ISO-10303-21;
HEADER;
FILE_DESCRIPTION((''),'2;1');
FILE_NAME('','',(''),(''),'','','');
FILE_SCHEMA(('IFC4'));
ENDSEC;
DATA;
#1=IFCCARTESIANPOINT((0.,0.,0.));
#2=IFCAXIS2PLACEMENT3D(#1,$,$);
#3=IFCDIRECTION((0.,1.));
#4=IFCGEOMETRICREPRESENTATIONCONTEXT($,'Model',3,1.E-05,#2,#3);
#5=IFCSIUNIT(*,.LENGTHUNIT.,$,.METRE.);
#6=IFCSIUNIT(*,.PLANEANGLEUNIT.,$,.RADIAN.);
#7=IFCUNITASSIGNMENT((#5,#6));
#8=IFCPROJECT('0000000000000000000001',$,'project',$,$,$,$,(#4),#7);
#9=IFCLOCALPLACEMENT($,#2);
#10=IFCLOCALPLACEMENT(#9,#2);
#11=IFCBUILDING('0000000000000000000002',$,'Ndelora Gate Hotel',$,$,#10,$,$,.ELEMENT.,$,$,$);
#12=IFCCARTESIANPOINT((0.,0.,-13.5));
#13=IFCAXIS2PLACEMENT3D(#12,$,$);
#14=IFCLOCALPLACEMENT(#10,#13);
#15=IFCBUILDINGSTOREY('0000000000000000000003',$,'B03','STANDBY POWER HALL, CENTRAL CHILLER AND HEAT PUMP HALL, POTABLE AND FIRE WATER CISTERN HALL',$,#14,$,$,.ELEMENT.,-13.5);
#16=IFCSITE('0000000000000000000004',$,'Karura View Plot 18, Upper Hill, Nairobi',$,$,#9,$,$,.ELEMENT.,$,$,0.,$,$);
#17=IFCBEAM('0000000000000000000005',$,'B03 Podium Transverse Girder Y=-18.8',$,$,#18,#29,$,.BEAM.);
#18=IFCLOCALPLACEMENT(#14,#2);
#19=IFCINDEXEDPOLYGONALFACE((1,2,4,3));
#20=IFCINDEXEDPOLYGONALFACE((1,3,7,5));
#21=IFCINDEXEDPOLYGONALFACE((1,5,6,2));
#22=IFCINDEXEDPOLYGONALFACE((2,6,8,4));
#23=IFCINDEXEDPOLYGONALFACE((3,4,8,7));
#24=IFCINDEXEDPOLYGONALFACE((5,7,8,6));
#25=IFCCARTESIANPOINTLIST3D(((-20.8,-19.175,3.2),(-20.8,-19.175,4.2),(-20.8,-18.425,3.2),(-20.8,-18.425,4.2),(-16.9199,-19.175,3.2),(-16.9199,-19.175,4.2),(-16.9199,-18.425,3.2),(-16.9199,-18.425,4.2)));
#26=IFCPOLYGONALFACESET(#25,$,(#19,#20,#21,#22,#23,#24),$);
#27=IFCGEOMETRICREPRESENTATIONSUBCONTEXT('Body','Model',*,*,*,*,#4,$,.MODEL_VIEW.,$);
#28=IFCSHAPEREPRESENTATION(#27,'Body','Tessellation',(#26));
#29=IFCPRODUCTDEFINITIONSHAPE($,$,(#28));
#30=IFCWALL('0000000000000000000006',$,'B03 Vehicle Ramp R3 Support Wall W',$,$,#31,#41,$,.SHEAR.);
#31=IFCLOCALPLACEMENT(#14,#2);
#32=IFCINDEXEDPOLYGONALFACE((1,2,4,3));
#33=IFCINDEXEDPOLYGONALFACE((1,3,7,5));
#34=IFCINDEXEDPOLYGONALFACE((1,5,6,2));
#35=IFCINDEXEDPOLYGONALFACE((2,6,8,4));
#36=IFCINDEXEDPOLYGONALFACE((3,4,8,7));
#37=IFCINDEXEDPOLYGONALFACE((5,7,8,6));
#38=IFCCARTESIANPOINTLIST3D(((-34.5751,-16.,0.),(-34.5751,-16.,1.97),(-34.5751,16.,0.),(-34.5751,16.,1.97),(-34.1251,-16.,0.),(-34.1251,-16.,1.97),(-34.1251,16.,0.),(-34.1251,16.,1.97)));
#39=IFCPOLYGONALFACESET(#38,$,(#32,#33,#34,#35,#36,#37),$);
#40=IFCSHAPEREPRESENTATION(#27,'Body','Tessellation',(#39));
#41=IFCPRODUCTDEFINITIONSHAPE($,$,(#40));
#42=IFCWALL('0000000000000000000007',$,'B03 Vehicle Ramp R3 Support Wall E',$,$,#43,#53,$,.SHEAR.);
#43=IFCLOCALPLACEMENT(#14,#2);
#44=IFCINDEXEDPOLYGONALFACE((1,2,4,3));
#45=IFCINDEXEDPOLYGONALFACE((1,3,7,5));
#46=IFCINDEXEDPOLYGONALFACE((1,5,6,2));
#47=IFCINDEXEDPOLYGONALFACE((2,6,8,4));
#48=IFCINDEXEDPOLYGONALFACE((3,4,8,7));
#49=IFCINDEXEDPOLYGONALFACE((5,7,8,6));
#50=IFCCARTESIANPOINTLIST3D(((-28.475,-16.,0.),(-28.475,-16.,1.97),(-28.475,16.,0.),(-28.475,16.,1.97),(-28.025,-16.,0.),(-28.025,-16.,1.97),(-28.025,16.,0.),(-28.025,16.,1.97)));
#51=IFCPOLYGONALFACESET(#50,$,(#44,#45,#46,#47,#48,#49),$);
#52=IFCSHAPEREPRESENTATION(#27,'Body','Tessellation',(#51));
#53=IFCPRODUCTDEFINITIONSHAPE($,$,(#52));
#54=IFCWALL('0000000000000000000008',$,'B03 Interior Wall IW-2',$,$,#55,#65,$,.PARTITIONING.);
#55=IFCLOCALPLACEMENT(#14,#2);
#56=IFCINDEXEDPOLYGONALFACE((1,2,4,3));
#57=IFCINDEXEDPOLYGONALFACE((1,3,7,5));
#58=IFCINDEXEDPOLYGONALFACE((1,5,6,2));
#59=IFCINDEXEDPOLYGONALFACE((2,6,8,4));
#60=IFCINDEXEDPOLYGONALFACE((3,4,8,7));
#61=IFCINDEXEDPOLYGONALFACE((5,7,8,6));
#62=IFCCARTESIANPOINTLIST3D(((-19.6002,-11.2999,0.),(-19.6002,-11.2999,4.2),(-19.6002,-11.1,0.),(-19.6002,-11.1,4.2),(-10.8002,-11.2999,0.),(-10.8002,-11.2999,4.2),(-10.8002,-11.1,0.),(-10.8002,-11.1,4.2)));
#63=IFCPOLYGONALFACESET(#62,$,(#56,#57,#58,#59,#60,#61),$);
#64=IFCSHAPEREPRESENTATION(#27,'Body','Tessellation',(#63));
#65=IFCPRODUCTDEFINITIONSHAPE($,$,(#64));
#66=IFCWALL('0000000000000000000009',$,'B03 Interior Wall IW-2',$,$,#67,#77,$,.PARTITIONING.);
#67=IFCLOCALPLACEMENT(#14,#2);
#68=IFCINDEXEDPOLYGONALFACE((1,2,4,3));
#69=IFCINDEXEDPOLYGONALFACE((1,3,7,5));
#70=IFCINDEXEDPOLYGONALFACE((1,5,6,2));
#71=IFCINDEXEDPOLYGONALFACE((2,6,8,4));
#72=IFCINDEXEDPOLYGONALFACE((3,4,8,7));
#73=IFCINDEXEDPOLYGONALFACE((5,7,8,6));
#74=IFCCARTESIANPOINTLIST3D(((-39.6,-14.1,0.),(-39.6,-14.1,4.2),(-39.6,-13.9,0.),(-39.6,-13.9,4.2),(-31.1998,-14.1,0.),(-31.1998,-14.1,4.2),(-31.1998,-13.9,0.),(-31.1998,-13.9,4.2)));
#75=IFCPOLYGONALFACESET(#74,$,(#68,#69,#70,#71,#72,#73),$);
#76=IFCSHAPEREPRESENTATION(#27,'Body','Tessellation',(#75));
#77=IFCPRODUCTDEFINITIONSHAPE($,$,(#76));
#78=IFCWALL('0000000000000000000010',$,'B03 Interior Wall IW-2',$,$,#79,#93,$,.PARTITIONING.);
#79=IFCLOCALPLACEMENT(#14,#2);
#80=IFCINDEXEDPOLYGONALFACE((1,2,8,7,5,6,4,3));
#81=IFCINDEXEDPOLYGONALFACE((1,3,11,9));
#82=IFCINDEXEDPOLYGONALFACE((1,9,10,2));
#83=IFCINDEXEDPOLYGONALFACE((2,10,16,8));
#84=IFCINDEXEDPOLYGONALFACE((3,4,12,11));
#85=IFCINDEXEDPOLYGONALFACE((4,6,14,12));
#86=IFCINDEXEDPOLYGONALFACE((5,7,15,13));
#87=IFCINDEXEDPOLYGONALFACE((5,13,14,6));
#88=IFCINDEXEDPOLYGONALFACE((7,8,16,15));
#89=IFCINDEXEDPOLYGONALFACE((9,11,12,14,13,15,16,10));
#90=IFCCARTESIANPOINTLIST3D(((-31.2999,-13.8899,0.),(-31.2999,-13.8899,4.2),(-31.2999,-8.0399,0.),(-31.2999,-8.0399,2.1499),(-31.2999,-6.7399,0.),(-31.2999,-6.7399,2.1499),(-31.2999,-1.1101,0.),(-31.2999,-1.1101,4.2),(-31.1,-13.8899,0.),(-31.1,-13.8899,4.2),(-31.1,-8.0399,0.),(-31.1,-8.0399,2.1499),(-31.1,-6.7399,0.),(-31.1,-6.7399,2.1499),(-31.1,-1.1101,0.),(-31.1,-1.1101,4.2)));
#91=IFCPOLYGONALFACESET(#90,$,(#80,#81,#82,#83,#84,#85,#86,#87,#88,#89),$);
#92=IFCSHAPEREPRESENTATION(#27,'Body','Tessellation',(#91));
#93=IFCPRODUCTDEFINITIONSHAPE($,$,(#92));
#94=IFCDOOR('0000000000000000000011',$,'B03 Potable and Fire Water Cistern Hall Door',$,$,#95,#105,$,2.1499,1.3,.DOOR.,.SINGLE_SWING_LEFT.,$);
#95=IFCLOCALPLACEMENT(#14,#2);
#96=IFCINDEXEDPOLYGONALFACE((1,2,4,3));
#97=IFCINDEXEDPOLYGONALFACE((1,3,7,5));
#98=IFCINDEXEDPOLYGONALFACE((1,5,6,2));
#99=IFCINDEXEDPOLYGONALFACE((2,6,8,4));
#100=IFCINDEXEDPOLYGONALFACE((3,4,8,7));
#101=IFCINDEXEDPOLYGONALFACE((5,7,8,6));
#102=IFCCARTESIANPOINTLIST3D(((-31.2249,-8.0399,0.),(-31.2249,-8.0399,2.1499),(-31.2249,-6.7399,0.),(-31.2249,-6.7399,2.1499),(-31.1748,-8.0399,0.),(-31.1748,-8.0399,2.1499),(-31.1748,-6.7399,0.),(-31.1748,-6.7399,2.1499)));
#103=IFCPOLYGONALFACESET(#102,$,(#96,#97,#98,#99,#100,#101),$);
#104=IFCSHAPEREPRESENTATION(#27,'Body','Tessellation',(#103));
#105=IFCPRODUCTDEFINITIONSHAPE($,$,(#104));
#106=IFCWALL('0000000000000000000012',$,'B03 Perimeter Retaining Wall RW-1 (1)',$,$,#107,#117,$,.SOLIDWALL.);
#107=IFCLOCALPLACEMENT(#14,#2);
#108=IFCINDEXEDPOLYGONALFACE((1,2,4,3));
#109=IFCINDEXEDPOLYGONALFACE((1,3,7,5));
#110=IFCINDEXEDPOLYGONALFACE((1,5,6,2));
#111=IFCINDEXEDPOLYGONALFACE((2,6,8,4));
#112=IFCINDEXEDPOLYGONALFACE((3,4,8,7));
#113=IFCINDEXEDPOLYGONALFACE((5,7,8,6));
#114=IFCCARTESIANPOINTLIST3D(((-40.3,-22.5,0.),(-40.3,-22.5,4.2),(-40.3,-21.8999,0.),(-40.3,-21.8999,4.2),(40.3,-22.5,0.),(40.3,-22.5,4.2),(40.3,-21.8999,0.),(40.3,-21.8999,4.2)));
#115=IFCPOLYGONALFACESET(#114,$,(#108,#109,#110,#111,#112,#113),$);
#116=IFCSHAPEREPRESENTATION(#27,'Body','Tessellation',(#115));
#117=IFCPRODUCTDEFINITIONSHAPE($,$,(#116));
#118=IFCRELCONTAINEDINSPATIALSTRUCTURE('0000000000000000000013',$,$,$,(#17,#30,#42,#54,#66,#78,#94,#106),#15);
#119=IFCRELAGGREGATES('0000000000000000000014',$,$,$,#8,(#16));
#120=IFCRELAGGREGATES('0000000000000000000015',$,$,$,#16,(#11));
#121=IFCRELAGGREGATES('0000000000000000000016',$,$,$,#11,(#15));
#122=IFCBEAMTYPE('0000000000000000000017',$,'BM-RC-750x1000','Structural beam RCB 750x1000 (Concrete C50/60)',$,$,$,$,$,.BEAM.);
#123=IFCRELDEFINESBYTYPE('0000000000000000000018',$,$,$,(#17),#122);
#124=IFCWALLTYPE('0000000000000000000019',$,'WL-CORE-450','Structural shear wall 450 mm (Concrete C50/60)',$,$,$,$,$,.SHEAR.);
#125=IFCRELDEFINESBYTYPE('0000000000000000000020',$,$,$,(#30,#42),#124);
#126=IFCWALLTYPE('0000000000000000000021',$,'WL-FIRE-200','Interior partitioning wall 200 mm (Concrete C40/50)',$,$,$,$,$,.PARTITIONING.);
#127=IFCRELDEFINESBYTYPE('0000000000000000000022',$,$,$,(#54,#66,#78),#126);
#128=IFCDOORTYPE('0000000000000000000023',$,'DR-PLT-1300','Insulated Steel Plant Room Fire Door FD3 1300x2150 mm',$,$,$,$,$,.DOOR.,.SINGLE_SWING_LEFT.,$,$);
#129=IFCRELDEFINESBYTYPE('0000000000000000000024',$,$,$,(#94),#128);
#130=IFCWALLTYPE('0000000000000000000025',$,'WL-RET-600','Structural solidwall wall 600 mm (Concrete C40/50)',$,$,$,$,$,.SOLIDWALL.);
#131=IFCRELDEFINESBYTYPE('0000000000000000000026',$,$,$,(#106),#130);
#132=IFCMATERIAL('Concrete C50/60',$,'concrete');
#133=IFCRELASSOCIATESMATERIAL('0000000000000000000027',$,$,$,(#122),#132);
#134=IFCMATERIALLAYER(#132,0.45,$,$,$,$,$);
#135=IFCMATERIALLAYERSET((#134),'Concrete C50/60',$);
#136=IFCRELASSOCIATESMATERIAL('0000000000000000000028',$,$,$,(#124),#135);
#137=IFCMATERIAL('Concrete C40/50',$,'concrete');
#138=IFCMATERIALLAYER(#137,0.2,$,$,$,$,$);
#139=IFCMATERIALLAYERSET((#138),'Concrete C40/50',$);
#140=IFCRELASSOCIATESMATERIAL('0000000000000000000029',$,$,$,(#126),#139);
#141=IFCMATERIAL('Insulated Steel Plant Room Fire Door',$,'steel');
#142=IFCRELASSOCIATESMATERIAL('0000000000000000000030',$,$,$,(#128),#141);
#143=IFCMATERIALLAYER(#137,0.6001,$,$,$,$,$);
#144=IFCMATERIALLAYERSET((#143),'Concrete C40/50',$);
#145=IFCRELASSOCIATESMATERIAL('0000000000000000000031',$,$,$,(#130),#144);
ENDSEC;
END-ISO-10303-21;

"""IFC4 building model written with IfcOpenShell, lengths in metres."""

from ifc_helpers import new_model, si_unit, direction, frame, frame_2d, origin, origin_2d, place, context, subcontext, project, spatial, rectangle, extrude, material, layer, layer_set, material_profile, profile_set, type_object, element, fill, save


model = new_model("IFC4")

# Units and contexts
model_context = context("Model", 3, precision=1e-05, world=origin(), true_north=direction((0.0, 1.0)))
body_context = subcontext(model_context, "Body", "Model", "MODEL_VIEW")
ifc_project = project(units=[si_unit("LENGTHUNIT", "METRE"), si_unit("PLANEANGLEUNIT", "RADIAN")], contexts=[model_context])

# Site, building, storey
site_placement = place(None, origin())
site = spatial("IfcSite", under=ifc_project, at=site_placement, Name="Karura View Plot 18, Upper Hill, Nairobi", CompositionType="ELEMENT", RefElevation=0.0)
building_placement = place(site_placement, origin())
building = spatial("IfcBuilding", under=site, at=building_placement, Name="Ndelora Gate Hotel", CompositionType="ELEMENT")
storey_placement = place(building_placement, frame((0.0, 0.0, -13.5)))
storey = spatial("IfcBuildingStorey", under=building, at=storey_placement, Name="B03", Description="STANDBY POWER HALL, CENTRAL CHILLER AND HEAT PUMP HALL, POTABLE AND FIRE WATER CISTERN HALL", CompositionType="ELEMENT", Elevation=-13.5)

# Shared definitions
ifc_material_1 = material(Name="Concrete C50/60", Category="concrete")
ifc_material_2 = material(Name="Concrete C40/50", Category="concrete")

# Beam
ifc_material_profile_1 = material_profile(ifc_material_1, rectangle(XDim=0.75, YDim=1.0, at=origin_2d()), Name="RCB 750x1000")
ifc_profile_set_1 = profile_set([ifc_material_profile_1], Name="Concrete C50/60")
beam_type = type_object("IfcBeamType", Name="BM-RC-750x1000", Description="Structural beam RCB 750x1000 (Concrete C50/60)", PredefinedType="BEAM", material=ifc_profile_set_1)
beam_1_placement = place(storey_placement, frame((-20.8, -18.8, 3.7), z_axis=(1.0, 0.0, 0.0), x_axis=(0.0, 1.0, 0.0)))
element("IfcBeam", 1, at=beam_1_placement, inside=storey, type_object=beam_type, Name="B03 Podium Transverse Girder Y=-18.8", PredefinedType="BEAM", context=body_context, shape_type="SweptSolid", body=[
    extrude(rectangle(XDim=0.75, YDim=1.0, at=origin_2d()), origin(), (0.0, 0.0, 1.0), 3.8801),
])

# Walls
ifc_layer_1 = layer(ifc_material_1, 0.45)
ifc_layer_set_1 = layer_set([ifc_layer_1], Name="Concrete C50/60")
wall_type_1 = type_object("IfcWallType", Name="WL-CORE-450", Description="Structural shear wall 450 mm (Concrete C50/60)", PredefinedType="SHEAR", material=ifc_layer_set_1)
for number, where, z_axis, x_axis, name in (
    (2, (-34.3501, -16.0, 0.0), (0.0, 0.0, 1.0), (0.0, 1.0, 0.0), "B03 Vehicle Ramp R3 Support Wall W"),
    (3, (-28.25, -16.0, 0.0), (0.0, 0.0, 1.0), (0.0, 1.0, 0.0), "B03 Vehicle Ramp R3 Support Wall E"),
):
    element("IfcWall", number, at=place(storey_placement, frame(where, z_axis=z_axis, x_axis=x_axis)), inside=storey, type_object=wall_type_1, Name=name, PredefinedType="SHEAR", context=body_context, shape_type="SweptSolid", body=[
        extrude(rectangle(XDim=32.0, YDim=0.45, at=frame_2d((16.0, 0.0))), origin(), (0.0, 0.0, 1.0), 1.97),
    ])
ifc_layer_2 = layer(ifc_material_2, 0.2)
ifc_layer_set_2 = layer_set([ifc_layer_2], Name="Concrete C40/50")
wall_type_2 = type_object("IfcWallType", Name="WL-FIRE-200", Description="Interior partitioning wall 200 mm (Concrete C40/50)", PredefinedType="PARTITIONING", material=ifc_layer_set_2)
wall_1_placement = place(storey_placement, frame((-19.6001, -11.2, 0.0), z_axis=(0.0, 0.0, 1.0), x_axis=(1.0, 0.0, 0.0)))
element("IfcWall", 4, at=wall_1_placement, inside=storey, type_object=wall_type_2, Name="B03 Interior Wall IW-2", PredefinedType="PARTITIONING", context=body_context, shape_type="SweptSolid", body=[
    extrude(rectangle(XDim=8.8, YDim=0.2, at=frame_2d((4.3999, 0.0))), origin(), (0.0, 0.0, 1.0), 4.2),
])
wall_2_placement = place(storey_placement, frame((-39.6001, -14.0, 0.0), z_axis=(0.0, 0.0, 1.0), x_axis=(1.0, 0.0, 0.0)))
element("IfcWall", 5, at=wall_2_placement, inside=storey, type_object=wall_type_2, Name="B03 Interior Wall IW-2", PredefinedType="PARTITIONING", context=body_context, shape_type="SweptSolid", body=[
    extrude(rectangle(XDim=8.4001, YDim=0.2, at=frame_2d((4.2002, 0.0))), origin(), (0.0, 0.0, 1.0), 4.2),
])

# Wall, opening, door
wall_3_placement = place(storey_placement, frame((-31.2, -13.8899, 0.0), z_axis=(0.0, 0.0, 1.0), x_axis=(0.0, 1.0, 0.0)))
wall_3 = element("IfcWall", 6, at=wall_3_placement, inside=storey, type_object=wall_type_2, Name="B03 Interior Wall IW-2", PredefinedType="PARTITIONING", context=body_context, shape_type="SweptSolid", body=[
    extrude(rectangle(XDim=12.7798, YDim=0.2, at=frame_2d((6.3899, 0.0))), origin(), (0.0, 0.0, 1.0), 4.2),
])
opening_placement = place(wall_3_placement, frame((5.8501, 0.0, 0.0)))
opening = element("IfcOpeningElement", 7, at=opening_placement, cuts=wall_3, PredefinedType="OPENING", context=body_context, shape_type="SweptSolid", body=[
    extrude(rectangle(XDim=1.3, YDim=2.1499, at=frame_2d((0.6499, 1.075))), frame((0.0, 0.1099, 0.0), z_axis=(0.0, -1.0, 0.0), x_axis=(1.0, 0.0, 0.0)), (0.0, 0.0, 1.0), 0.22),
])
ifc_material_3 = material(Name="Insulated Steel Plant Room Fire Door", Category="steel")
door_type = type_object("IfcDoorType", Name="DR-PLT-1300", Description="Insulated Steel Plant Room Fire Door FD3 1300x2150 mm", OperationType="SINGLE_SWING_LEFT", PredefinedType="DOOR", material=ifc_material_3)
door_placement = place(opening_placement, origin())
door = element("IfcDoor", 8, at=door_placement, inside=storey, type_object=door_type, Name="B03 Potable and Fire Water Cistern Hall Door", OperationType="SINGLE_SWING_LEFT", OverallHeight=2.1499, OverallWidth=1.3, PredefinedType="DOOR", context=body_context, shape_type="SweptSolid", body=[
    extrude(rectangle(XDim=1.3, YDim=2.1499, at=frame_2d((0.6499, 1.075))), frame((0.0, 0.0249, 0.0), z_axis=(0.0, -1.0, 0.0), x_axis=(1.0, 0.0, 0.0)), (0.0, 0.0, 1.0), 0.05),
])
fill(opening, door)

# Wall
ifc_layer_3 = layer(ifc_material_2, 0.6001)
ifc_layer_set_3 = layer_set([ifc_layer_3], Name="Concrete C40/50")
wall_type_3 = type_object("IfcWallType", Name="WL-RET-600", Description="Structural solidwall wall 600 mm (Concrete C40/50)", PredefinedType="SOLIDWALL", material=ifc_layer_set_3)
wall_4_placement = place(storey_placement, frame((-40.3, -22.2, 0.0), z_axis=(0.0, 0.0, 1.0), x_axis=(1.0, 0.0, 0.0)))
element("IfcWall", 9, at=wall_4_placement, inside=storey, type_object=wall_type_3, Name="B03 Perimeter Retaining Wall RW-1 (1)", PredefinedType="SOLIDWALL", context=body_context, shape_type="SweptSolid", body=[
    extrude(rectangle(XDim=80.6001, YDim=0.6001, at=frame_2d((40.3, 0.0))), origin(), (0.0, 0.0, 1.0), 4.2),
])

save(model, "model.ifc")
